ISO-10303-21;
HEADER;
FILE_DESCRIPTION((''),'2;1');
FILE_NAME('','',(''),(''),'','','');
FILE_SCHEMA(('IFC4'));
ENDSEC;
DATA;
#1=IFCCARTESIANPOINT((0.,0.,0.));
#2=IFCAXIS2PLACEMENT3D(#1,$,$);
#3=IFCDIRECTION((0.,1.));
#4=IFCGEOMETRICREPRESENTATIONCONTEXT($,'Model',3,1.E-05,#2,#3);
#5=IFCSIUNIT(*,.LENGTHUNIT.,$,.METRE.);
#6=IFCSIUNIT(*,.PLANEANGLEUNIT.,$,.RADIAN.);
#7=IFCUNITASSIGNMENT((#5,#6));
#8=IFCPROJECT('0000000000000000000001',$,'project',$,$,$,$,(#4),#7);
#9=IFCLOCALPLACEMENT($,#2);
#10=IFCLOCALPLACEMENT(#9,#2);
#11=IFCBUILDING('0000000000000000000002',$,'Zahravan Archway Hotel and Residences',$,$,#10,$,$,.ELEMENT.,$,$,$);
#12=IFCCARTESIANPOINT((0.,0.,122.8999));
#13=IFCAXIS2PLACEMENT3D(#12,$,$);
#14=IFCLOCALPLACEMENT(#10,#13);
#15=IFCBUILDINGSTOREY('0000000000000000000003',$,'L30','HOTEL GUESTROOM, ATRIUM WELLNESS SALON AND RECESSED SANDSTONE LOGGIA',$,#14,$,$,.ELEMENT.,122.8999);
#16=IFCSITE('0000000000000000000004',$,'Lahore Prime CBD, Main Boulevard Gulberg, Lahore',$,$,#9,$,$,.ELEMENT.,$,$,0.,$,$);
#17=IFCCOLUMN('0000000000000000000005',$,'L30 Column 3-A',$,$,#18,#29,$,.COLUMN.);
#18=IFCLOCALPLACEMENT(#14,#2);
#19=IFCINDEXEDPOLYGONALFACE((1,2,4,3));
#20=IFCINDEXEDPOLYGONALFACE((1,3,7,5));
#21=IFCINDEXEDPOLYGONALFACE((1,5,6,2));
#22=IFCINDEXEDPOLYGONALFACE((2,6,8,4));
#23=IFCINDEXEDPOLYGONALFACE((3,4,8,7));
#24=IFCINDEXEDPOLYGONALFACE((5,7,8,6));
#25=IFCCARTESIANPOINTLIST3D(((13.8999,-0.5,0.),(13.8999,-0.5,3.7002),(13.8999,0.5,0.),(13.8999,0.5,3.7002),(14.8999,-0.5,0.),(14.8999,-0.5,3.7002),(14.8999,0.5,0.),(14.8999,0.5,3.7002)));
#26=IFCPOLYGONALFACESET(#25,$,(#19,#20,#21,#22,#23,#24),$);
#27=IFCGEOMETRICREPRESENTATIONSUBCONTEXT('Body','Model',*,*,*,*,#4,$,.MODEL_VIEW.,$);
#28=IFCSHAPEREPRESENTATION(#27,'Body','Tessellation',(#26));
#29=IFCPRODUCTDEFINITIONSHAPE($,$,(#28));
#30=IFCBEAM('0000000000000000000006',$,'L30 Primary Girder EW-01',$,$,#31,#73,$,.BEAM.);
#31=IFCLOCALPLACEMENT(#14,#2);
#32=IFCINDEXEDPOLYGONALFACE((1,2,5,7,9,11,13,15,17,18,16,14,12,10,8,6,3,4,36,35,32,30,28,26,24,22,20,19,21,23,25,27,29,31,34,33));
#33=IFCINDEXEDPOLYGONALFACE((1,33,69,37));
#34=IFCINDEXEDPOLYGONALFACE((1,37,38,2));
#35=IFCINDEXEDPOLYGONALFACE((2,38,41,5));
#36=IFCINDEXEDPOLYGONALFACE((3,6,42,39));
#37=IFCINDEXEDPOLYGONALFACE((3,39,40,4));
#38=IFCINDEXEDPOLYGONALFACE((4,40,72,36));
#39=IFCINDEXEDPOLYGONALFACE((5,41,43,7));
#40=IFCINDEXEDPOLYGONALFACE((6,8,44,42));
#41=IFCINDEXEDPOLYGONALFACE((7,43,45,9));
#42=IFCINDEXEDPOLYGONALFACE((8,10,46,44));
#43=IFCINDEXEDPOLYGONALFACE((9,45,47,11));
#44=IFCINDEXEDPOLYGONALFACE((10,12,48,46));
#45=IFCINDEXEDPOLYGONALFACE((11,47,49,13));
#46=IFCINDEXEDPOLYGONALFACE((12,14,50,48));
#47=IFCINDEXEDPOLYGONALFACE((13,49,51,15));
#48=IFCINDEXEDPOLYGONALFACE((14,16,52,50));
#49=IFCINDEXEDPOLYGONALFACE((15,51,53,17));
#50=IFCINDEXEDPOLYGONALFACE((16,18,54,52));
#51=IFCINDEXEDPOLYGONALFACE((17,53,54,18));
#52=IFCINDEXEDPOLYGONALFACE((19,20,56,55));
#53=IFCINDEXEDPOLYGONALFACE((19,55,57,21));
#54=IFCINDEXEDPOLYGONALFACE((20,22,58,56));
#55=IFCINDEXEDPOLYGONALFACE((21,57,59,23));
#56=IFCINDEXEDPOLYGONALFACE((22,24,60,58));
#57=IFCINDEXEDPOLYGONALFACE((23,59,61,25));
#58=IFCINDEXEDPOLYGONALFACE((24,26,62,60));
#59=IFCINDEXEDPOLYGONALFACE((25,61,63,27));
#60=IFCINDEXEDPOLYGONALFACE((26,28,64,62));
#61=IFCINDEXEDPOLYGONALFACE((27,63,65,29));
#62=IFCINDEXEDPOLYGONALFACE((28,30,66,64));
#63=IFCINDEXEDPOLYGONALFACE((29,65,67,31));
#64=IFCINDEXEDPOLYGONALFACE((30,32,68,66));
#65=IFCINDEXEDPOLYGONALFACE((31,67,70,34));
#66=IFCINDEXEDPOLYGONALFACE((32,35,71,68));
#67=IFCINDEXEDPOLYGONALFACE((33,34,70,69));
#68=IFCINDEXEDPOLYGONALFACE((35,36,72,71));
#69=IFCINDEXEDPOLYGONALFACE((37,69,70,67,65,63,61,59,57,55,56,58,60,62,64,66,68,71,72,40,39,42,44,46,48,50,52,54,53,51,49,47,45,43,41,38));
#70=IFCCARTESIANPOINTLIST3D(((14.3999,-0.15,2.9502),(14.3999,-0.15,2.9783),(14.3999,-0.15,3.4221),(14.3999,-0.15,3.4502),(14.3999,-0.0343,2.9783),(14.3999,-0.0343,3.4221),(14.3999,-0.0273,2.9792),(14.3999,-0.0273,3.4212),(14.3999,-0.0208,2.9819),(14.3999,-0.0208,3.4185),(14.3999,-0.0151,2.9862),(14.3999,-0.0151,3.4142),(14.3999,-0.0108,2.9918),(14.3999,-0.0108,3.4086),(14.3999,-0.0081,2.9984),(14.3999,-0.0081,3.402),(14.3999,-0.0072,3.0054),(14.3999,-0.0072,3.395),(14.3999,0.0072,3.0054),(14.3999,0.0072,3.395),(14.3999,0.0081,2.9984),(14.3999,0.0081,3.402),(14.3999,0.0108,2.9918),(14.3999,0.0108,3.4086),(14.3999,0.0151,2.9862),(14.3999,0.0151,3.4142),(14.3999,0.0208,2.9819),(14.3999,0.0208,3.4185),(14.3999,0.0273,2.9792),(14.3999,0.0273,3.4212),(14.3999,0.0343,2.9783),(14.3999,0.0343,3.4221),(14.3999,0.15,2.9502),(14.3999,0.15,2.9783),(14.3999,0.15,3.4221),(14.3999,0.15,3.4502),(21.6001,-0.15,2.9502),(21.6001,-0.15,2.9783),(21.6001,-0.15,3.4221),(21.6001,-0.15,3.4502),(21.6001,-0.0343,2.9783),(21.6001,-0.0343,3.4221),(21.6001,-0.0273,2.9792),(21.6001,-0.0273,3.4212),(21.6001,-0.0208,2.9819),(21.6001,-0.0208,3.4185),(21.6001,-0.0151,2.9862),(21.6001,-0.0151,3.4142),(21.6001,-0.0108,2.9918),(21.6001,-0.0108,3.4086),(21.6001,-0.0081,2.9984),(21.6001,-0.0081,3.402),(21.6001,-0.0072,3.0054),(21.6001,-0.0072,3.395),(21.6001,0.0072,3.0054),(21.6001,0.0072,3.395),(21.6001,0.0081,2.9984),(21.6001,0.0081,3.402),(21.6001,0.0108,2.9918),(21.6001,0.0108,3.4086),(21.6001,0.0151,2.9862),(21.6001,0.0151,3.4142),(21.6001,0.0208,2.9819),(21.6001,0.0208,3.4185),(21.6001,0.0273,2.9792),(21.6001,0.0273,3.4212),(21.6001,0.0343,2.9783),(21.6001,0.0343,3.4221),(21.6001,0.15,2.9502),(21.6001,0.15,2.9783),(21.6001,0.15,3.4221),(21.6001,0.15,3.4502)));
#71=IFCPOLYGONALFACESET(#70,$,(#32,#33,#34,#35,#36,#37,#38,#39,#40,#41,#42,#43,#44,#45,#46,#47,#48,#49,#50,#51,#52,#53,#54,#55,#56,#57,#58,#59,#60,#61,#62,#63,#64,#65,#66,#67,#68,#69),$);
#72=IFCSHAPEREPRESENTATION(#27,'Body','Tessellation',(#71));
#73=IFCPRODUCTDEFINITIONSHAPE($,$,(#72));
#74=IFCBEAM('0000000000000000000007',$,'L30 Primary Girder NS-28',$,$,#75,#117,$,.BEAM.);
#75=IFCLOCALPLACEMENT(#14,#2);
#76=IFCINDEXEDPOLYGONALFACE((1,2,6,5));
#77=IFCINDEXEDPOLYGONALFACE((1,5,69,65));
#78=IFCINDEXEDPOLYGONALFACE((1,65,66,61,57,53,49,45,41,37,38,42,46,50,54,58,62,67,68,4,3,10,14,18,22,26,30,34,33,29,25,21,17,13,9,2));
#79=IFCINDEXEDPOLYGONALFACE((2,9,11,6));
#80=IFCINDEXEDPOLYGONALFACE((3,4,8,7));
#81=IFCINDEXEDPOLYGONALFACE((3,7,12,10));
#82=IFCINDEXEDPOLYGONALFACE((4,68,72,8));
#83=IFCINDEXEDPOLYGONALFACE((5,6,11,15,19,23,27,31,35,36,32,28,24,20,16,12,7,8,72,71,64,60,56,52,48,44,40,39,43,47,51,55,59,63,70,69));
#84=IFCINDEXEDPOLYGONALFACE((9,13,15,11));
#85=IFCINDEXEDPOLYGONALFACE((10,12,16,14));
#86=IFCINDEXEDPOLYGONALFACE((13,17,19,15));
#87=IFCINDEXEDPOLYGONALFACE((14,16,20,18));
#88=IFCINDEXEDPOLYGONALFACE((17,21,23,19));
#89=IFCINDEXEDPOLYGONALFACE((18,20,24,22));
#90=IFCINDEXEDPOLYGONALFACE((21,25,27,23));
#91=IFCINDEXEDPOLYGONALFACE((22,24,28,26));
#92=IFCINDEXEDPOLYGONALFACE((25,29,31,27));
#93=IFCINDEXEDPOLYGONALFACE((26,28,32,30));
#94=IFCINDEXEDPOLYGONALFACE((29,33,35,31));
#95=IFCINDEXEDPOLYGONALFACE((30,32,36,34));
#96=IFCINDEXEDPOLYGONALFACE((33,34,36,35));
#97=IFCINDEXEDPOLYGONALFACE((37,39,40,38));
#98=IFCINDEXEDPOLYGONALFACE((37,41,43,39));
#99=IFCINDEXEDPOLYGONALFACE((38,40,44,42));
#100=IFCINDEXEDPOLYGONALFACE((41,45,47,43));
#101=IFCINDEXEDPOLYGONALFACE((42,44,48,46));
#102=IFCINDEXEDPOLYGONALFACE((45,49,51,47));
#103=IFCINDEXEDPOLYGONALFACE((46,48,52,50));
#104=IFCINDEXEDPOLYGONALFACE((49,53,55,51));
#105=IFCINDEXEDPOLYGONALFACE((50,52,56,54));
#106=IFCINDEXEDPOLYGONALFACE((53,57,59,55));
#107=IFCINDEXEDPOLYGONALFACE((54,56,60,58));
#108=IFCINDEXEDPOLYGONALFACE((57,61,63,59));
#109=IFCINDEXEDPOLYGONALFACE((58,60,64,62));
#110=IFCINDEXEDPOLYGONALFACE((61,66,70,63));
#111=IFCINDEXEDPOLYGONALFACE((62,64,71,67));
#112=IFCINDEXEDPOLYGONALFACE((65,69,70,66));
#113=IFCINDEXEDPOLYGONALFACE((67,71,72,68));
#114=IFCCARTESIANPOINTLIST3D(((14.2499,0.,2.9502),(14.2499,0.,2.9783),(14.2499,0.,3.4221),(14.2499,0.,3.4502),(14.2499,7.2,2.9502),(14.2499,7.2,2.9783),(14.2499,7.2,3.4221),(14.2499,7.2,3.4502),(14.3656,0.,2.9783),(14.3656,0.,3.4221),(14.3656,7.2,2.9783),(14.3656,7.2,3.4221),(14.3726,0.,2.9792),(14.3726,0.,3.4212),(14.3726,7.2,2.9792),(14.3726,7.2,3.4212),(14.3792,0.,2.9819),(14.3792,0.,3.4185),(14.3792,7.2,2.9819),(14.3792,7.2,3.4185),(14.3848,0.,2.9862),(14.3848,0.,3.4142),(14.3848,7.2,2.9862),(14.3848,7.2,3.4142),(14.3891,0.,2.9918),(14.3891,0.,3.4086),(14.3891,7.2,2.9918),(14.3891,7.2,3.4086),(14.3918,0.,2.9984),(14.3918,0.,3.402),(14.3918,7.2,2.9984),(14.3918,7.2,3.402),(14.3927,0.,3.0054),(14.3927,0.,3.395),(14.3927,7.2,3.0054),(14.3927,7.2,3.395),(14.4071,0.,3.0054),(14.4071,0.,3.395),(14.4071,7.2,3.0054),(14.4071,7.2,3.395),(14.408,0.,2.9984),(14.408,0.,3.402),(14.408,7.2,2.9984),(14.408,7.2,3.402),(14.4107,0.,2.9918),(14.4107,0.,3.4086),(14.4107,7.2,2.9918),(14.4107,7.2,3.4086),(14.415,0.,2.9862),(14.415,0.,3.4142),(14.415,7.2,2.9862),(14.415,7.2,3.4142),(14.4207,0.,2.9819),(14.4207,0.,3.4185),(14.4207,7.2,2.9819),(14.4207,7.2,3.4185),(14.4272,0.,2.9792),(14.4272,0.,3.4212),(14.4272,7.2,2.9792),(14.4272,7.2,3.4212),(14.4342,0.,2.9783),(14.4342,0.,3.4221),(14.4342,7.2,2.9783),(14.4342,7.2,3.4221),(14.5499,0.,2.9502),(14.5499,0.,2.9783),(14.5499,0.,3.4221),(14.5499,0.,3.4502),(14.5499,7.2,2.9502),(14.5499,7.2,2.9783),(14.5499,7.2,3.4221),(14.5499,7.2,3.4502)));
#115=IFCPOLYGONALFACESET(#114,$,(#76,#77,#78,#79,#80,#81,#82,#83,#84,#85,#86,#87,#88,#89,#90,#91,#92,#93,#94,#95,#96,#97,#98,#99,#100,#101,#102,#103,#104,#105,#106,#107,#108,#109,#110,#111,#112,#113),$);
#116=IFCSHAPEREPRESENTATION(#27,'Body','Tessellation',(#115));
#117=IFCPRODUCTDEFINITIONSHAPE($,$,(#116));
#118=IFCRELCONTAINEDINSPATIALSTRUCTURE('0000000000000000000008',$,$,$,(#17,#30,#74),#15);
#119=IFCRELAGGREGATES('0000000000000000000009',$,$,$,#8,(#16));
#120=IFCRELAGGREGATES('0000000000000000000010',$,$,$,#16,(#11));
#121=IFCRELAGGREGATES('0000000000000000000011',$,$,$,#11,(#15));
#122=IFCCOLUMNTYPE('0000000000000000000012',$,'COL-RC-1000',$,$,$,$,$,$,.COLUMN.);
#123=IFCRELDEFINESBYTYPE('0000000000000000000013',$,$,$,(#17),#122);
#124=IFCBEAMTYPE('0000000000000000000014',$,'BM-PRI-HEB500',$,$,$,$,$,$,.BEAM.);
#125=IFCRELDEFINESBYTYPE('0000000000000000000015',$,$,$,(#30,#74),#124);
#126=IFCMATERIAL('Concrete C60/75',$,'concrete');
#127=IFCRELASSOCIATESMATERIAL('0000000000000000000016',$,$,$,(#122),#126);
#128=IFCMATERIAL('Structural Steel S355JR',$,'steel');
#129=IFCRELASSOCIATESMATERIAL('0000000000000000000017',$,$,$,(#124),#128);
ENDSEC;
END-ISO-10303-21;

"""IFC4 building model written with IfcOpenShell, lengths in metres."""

from ifc_helpers import new_model, si_unit, direction, frame, origin, origin_2d, place, context, subcontext, project, spatial, rectangle, i_section, extrude, source, transform, mapped, material, material_profile, profile_set, type_object, type_shapes, element, save


model = new_model("IFC4")

# Units and contexts
model_context = context("Model", 3, precision=1e-05, world=origin(), true_north=direction((0.0, 1.0)))
body_context = subcontext(model_context, "Body", "Model", "MODEL_VIEW")
ifc_project = project(units=[si_unit("LENGTHUNIT", "METRE"), si_unit("PLANEANGLEUNIT", "RADIAN")], contexts=[model_context])

# Site, building, storey
site_placement = place(None, origin())
site = spatial("IfcSite", under=ifc_project, at=site_placement, Name="Lahore Prime CBD, Main Boulevard Gulberg, Lahore", CompositionType="ELEMENT", RefElevation=0.0)
building_placement = place(site_placement, origin())
building = spatial("IfcBuilding", under=site, at=building_placement, Name="Zahravan Archway Hotel and Residences", CompositionType="ELEMENT")
storey_placement = place(building_placement, frame((0.0, 0.0, 122.8999)))
storey = spatial("IfcBuildingStorey", under=building, at=storey_placement, Name="L30", Description="HOTEL GUESTROOM, ATRIUM WELLNESS SALON AND RECESSED SANDSTONE LOGGIA", CompositionType="ELEMENT", Elevation=122.8999)

# Column
ifc_material_1 = material(Name="Concrete C60/75", Category="concrete")
ifc_material_profile_1 = material_profile(ifc_material_1, rectangle(XDim=1.0, YDim=1.0, at=origin_2d()), Name="RC-COL-1000x1000", Category="concrete")
ifc_profile_set_1 = profile_set([ifc_material_profile_1], Name="Concrete C60/75")
column_type = type_object("IfcColumnType", Name="COL-RC-1000", PredefinedType="COLUMN", material=ifc_profile_set_1)
shared_shape_1 = source(origin(), body_context, "Body", "SweptSolid", [
    extrude(rectangle(XDim=1.0, YDim=1.0, at=origin_2d()), origin(), (0.0, 0.0, 1.0), 3.7002),
])
column_placement = place(storey_placement, frame((14.3999, 0.0, 0.0), z_axis=(0.0, 0.0, 1.0), x_axis=(1.0, 0.0, 0.0)))
element("IfcColumn", 1, at=column_placement, inside=storey, type_object=column_type, Name="L30 Column 3-A", PredefinedType="COLUMN", context=body_context, shape_type="MappedRepresentation", body=[
    mapped(shared_shape_1, transform((0.0, 0.0, 0.0), scale=1.0)),
])

# Beams
ifc_material_2 = material(Name="Structural Steel S355JR", Category="steel")
ifc_material_profile_2 = material_profile(ifc_material_2, i_section(OverallWidth=0.3, OverallDepth=0.5, WebThickness=0.0144, FlangeThickness=0.0281, FilletRadius=0.0271, at=origin_2d()), Name="HEB 500", Category="steel")
ifc_profile_set_2 = profile_set([ifc_material_profile_2], Name="Structural Steel S355JR")
beam_type = type_object("IfcBeamType", Name="BM-PRI-HEB500", PredefinedType="BEAM", material=ifc_profile_set_2)
shared_shape_2 = source(origin(), body_context, "Body", "SweptSolid", [
    extrude(i_section(OverallWidth=0.3, OverallDepth=0.5, WebThickness=0.0144, FlangeThickness=0.0281, FilletRadius=0.0271, at=origin_2d()), origin(), (0.0, 0.0, 1.0), 7.2002),
])
type_shapes(beam_type, [shared_shape_2])
beam_1_placement = place(storey_placement, frame((14.3999, 0.0, 3.2002), z_axis=(1.0, 0.0, 0.0), x_axis=(0.0, 1.0, 0.0)))
element("IfcBeam", 2, at=beam_1_placement, inside=storey, type_object=beam_type, Name="L30 Primary Girder EW-01", PredefinedType="BEAM", context=body_context, shape_type="MappedRepresentation", body=[
    mapped(shared_shape_2, transform((0.0, 0.0, 0.0), scale=1.0)),
])
shared_shape_3 = source(origin(), body_context, "Body", "SweptSolid", [
    extrude(i_section(OverallWidth=0.3, OverallDepth=0.5, WebThickness=0.0144, FlangeThickness=0.0281, FilletRadius=0.0271, at=origin_2d()), origin(), (0.0, 0.0, 1.0), 7.2),
])
beam_2_placement = place(storey_placement, frame((14.3999, 0.0, 3.2002), z_axis=(0.0, 1.0, 0.0), x_axis=(-1.0, 0.0, 0.0)))
element("IfcBeam", 3, at=beam_2_placement, inside=storey, type_object=beam_type, Name="L30 Primary Girder NS-28", PredefinedType="BEAM", context=body_context, shape_type="MappedRepresentation", body=[
    mapped(shared_shape_3, transform((0.0, 0.0, 0.0), scale=1.0)),
])

save(model, "model.ifc")
